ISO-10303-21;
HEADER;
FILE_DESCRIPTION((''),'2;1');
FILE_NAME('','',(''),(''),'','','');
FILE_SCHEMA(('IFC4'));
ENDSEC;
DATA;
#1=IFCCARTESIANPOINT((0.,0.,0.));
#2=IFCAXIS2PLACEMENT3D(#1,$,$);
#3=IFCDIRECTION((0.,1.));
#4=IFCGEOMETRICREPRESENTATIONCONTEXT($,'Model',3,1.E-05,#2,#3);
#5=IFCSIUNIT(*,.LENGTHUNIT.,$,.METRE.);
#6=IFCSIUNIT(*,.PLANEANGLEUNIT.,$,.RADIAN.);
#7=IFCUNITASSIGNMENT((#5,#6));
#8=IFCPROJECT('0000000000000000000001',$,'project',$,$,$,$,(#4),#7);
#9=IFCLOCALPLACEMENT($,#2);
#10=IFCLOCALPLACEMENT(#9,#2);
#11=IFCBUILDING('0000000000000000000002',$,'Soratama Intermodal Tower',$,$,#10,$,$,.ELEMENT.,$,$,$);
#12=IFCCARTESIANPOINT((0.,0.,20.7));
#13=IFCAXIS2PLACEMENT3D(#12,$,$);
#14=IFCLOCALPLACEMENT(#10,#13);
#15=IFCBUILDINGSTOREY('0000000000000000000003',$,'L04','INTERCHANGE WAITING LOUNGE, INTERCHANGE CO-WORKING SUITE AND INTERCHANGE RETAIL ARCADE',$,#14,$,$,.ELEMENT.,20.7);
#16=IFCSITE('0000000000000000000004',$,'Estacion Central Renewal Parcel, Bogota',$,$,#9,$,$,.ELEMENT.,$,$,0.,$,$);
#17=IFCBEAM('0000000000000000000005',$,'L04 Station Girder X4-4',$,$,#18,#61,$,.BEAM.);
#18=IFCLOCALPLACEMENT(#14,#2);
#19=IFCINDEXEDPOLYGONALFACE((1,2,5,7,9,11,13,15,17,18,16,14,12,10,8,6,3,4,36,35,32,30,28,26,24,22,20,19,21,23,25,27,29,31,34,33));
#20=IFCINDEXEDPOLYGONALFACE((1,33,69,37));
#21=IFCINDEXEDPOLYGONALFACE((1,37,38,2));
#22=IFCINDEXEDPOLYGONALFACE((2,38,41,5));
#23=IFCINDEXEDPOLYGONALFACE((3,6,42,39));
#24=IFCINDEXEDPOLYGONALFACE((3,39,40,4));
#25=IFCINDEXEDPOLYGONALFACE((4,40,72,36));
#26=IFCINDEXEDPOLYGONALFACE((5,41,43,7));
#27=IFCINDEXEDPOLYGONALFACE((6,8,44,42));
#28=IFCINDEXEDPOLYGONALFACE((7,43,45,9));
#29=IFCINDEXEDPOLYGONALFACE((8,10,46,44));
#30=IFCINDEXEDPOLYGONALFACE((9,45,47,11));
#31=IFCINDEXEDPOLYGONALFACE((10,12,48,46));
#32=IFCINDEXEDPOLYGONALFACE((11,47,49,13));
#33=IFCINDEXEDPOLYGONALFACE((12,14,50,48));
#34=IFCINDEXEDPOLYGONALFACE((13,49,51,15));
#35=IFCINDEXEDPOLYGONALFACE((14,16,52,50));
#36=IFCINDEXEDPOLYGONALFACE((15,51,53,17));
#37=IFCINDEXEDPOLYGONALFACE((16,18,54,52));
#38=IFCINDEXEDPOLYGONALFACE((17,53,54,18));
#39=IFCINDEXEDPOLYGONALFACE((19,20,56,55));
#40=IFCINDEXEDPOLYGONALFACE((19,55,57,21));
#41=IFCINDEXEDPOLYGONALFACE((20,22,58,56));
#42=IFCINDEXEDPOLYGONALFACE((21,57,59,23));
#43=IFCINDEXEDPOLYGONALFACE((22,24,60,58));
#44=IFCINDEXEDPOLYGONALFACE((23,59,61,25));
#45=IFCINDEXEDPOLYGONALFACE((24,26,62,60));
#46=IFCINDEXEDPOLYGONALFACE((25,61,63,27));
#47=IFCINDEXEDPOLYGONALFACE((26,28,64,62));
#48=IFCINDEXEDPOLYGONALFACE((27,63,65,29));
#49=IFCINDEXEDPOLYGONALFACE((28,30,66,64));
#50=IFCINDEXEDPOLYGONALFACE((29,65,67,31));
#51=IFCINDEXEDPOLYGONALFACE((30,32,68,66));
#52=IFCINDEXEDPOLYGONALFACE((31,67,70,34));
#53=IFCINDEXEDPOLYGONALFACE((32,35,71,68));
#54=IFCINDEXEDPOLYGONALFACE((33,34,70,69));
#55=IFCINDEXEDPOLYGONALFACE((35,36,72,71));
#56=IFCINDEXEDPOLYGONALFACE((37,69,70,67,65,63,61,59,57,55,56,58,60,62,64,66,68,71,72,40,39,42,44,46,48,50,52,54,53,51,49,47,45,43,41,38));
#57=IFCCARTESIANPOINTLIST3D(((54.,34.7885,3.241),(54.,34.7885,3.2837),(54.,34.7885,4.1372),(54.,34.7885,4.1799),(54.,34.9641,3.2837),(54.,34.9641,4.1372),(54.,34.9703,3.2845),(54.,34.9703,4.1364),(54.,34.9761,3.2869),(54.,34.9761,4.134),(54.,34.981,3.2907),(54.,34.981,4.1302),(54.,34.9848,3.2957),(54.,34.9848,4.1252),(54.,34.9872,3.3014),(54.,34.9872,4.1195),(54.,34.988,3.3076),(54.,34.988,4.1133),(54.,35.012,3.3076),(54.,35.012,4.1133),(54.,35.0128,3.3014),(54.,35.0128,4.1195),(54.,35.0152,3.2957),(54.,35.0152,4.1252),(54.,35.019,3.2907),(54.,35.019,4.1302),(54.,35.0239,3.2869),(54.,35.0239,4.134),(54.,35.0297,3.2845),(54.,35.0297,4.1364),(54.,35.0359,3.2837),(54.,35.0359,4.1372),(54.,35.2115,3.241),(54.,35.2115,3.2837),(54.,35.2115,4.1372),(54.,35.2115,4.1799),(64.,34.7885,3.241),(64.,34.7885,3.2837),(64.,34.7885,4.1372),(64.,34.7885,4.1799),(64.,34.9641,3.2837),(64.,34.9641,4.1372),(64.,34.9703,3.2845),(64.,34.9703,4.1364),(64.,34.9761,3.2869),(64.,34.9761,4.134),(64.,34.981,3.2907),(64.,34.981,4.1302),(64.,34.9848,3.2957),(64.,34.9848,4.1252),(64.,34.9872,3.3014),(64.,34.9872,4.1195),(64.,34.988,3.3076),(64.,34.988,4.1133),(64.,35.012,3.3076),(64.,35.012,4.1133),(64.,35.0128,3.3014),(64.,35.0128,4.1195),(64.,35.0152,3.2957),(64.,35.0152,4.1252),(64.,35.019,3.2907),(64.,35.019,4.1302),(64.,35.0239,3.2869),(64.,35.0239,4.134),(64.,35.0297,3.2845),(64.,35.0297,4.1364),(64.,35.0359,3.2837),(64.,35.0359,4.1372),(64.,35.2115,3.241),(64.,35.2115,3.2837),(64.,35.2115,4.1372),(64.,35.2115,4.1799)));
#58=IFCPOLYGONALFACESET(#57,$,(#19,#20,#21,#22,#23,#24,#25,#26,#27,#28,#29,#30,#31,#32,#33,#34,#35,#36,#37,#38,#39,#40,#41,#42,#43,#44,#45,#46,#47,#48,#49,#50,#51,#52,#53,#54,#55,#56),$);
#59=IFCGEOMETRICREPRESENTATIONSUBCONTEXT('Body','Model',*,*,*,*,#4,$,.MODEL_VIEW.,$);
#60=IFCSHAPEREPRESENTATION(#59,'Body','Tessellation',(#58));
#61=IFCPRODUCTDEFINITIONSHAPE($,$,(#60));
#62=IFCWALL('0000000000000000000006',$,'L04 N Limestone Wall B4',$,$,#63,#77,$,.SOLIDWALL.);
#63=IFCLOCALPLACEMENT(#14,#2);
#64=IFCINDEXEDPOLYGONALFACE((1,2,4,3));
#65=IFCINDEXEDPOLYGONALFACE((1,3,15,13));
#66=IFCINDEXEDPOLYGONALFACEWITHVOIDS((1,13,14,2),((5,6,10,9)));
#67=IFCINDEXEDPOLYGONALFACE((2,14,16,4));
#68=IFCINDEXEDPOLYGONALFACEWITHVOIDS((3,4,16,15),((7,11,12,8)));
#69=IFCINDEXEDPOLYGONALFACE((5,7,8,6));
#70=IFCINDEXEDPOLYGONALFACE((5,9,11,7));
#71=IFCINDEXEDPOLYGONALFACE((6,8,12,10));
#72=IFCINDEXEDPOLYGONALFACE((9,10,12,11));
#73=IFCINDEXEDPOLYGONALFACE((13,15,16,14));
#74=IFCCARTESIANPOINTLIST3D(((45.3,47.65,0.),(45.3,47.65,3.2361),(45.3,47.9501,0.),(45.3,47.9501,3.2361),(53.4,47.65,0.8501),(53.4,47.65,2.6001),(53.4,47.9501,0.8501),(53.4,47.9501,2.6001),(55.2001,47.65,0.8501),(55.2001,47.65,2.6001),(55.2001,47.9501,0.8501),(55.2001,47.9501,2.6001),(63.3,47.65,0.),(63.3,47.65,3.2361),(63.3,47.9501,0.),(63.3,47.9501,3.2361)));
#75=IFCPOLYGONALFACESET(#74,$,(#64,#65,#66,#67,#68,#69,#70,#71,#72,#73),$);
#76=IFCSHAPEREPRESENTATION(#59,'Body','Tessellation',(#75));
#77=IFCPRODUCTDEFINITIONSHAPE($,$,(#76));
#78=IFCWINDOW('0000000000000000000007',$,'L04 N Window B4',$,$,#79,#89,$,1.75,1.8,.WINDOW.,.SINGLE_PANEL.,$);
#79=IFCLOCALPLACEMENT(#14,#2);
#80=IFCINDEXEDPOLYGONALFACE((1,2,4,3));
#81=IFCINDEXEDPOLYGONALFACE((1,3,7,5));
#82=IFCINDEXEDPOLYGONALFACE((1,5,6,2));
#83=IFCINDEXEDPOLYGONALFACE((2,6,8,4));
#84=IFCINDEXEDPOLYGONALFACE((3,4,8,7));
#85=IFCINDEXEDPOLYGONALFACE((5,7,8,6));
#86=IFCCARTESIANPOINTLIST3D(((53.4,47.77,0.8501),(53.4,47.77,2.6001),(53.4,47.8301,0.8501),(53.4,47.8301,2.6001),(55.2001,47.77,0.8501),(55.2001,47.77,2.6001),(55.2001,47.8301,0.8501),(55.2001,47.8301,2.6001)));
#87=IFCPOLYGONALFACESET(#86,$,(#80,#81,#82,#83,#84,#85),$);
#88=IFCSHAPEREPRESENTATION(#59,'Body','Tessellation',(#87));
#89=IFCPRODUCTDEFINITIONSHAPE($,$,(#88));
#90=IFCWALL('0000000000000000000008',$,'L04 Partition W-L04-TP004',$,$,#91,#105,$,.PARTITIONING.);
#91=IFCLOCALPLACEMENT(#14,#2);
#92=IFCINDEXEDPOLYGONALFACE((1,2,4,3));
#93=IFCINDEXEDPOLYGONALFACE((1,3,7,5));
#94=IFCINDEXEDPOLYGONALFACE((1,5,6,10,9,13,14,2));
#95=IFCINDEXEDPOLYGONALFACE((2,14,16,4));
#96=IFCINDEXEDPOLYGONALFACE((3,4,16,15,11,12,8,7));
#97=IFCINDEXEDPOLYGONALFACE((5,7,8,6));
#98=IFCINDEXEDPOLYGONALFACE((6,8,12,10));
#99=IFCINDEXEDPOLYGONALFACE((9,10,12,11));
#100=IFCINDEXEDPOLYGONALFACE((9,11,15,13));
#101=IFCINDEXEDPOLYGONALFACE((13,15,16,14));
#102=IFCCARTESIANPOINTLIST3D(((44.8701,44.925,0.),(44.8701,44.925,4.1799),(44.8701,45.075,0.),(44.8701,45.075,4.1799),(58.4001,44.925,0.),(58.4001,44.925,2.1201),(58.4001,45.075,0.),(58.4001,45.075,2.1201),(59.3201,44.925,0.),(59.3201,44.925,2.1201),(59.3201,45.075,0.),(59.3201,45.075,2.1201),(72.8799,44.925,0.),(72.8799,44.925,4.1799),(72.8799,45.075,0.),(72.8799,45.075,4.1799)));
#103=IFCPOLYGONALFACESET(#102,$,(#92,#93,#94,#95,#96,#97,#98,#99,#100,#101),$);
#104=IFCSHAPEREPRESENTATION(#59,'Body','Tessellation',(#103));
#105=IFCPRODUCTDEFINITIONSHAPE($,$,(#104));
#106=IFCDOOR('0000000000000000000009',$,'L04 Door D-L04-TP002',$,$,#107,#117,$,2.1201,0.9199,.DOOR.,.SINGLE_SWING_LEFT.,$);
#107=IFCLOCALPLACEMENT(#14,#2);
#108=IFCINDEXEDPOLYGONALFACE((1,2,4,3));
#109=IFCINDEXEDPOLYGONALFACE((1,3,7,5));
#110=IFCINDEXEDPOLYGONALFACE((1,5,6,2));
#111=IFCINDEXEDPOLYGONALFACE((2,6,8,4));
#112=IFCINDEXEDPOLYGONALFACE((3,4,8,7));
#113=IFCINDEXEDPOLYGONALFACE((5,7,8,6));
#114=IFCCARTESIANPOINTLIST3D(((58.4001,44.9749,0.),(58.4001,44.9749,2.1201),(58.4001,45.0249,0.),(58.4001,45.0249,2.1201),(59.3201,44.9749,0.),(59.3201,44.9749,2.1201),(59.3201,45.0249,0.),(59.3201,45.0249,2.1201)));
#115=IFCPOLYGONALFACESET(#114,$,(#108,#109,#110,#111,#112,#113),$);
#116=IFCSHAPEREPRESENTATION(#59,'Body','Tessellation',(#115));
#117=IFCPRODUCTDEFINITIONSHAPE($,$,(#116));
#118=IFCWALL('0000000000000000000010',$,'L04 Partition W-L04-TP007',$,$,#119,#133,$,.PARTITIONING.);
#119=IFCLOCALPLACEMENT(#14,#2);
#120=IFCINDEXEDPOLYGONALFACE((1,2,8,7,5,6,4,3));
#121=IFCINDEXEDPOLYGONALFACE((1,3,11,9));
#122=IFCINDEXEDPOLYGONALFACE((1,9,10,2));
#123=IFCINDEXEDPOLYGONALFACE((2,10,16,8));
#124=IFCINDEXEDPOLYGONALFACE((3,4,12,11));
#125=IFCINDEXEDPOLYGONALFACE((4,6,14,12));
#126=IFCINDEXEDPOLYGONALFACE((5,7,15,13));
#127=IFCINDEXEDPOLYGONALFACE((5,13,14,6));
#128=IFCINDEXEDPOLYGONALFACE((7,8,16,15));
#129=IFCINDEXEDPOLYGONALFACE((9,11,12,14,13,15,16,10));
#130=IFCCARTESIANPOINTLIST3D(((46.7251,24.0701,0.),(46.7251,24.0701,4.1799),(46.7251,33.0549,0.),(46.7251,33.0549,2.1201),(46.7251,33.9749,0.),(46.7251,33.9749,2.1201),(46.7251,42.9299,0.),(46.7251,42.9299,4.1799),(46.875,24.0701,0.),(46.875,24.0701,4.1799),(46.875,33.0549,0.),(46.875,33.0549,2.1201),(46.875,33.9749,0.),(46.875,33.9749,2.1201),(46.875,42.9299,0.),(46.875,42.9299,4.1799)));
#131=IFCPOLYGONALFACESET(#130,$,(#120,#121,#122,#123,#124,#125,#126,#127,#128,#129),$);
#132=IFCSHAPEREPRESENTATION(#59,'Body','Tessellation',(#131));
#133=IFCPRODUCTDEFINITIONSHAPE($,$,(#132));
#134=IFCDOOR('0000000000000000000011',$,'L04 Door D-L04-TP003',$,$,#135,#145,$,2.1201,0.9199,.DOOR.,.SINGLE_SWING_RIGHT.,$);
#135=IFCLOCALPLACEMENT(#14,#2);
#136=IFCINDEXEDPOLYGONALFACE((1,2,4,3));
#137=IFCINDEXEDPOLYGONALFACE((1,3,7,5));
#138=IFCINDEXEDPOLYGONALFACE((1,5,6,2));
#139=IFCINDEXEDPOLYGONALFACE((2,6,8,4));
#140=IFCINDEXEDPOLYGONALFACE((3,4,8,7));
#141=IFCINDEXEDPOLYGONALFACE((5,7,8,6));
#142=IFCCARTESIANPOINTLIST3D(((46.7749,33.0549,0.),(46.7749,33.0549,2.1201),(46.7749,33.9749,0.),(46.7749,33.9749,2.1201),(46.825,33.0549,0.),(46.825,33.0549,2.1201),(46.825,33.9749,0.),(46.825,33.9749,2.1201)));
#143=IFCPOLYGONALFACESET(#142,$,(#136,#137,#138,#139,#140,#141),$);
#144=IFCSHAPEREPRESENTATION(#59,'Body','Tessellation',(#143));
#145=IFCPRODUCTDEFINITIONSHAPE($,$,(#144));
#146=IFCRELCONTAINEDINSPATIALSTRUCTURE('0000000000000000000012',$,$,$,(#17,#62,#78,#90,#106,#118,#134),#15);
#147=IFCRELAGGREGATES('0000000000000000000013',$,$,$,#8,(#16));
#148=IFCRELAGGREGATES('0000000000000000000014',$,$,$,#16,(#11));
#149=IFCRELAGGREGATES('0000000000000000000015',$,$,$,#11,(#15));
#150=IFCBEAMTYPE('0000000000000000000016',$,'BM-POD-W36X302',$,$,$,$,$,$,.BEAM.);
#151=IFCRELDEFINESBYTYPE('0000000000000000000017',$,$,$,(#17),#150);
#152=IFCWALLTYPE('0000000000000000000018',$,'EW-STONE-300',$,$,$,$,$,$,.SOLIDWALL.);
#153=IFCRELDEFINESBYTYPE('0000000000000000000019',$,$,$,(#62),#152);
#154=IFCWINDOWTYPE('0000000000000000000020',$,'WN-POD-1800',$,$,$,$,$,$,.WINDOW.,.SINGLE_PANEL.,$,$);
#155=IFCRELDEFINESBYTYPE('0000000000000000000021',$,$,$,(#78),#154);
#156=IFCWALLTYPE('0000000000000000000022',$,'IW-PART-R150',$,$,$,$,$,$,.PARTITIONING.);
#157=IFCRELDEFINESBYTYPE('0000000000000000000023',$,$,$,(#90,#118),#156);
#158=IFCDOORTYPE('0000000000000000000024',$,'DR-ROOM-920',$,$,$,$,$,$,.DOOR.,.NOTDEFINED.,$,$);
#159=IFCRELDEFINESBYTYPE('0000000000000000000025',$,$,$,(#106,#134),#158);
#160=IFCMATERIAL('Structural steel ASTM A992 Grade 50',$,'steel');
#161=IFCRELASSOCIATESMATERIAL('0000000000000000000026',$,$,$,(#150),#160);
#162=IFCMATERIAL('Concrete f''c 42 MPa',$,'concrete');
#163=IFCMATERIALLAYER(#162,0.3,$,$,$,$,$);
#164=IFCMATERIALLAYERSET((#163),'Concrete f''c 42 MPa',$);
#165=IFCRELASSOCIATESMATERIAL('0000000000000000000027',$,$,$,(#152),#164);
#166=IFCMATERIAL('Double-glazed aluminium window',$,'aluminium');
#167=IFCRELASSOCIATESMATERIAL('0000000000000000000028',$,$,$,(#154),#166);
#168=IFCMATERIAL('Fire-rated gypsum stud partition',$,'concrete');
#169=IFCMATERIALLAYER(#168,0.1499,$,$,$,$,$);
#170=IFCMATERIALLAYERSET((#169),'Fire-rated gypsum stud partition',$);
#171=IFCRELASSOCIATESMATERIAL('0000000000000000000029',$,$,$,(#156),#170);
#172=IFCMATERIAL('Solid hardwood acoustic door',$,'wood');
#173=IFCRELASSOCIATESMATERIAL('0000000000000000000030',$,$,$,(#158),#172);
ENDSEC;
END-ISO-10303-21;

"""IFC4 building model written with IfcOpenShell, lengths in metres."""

from ifc_helpers import new_model, si_unit, direction, frame, frame_2d, origin, origin_2d, place, context, subcontext, project, spatial, rectangle, i_section, extrude, material, layer, layer_set, material_profile, profile_set, type_object, element, fill, save


model = new_model("IFC4")

# Units and contexts
model_context = context("Model", 3, precision=1e-05, world=origin(), true_north=direction((0.0, 1.0)))
body_context = subcontext(model_context, "Body", "Model", "MODEL_VIEW")
ifc_project = project(units=[si_unit("LENGTHUNIT", "METRE"), si_unit("PLANEANGLEUNIT", "RADIAN")], contexts=[model_context])

# Site, building, storey
site_placement = place(None, origin())
site = spatial("IfcSite", under=ifc_project, at=site_placement, Name="Estacion Central Renewal Parcel, Bogota", CompositionType="ELEMENT", RefElevation=0.0)
building_placement = place(site_placement, origin())
building = spatial("IfcBuilding", under=site, at=building_placement, Name="Soratama Intermodal Tower", CompositionType="ELEMENT")
storey_placement = place(building_placement, frame((0.0, 0.0, 20.7)))
storey = spatial("IfcBuildingStorey", under=building, at=storey_placement, Name="L04", Description="INTERCHANGE WAITING LOUNGE, INTERCHANGE CO-WORKING SUITE AND INTERCHANGE RETAIL ARCADE", CompositionType="ELEMENT", Elevation=20.7)

# Beam
ifc_material_1 = material(Name="Structural steel ASTM A992 Grade 50", Category="steel")
ifc_material_profile_1 = material_profile(ifc_material_1, i_section(OverallWidth=0.4231, OverallDepth=0.939, WebThickness=0.0239, FlangeThickness=0.0427, FilletRadius=0.0239, at=origin_2d()), Name="W36X302")
ifc_profile_set_1 = profile_set([ifc_material_profile_1], Name="Structural steel ASTM A992 Grade 50")
beam_type_1 = type_object("IfcBeamType", Name="BM-POD-W36X302", PredefinedType="BEAM", material=ifc_profile_set_1)
beam_1_placement = place(storey_placement, frame((54.0, 35.0, 3.7104), z_axis=(1.0, 0.0, 0.0), x_axis=(0.0, 1.0, 0.0)))
element("IfcBeam", 1, at=beam_1_placement, inside=storey, type_object=beam_type_1, Name="L04 Station Girder X4-4", PredefinedType="BEAM", context=body_context, shape_type="SweptSolid", body=[
    extrude(i_section(OverallWidth=0.4231, OverallDepth=0.939, WebThickness=0.0239, FlangeThickness=0.0427, FilletRadius=0.0239, at=origin_2d()), origin(), (0.0, 0.0, 1.0), 10.0),
])

# Wall, opening, window
ifc_material_2 = material(Name="Concrete f'c 42 MPa", Category="concrete")
ifc_layer_1 = layer(ifc_material_2, 0.3)
ifc_layer_set_1 = layer_set([ifc_layer_1], Name="Concrete f'c 42 MPa")
wall_type_1 = type_object("IfcWallType", Name="EW-STONE-300", PredefinedType="SOLIDWALL", material=ifc_layer_set_1)
wall_1_placement = place(storey_placement, frame((45.3, 47.8, 0.0), z_axis=(0.0, 0.0, 1.0), x_axis=(1.0, 0.0, 0.0)))
wall_1 = element("IfcWall", 2, at=wall_1_placement, inside=storey, type_object=wall_type_1, Name="L04 N Limestone Wall B4", PredefinedType="SOLIDWALL", context=body_context, shape_type="SweptSolid", body=[
    extrude(rectangle(XDim=18.0, YDim=0.3, at=frame_2d((9.0, 0.0))), origin(), (0.0, 0.0, 1.0), 3.2361),
])
opening_1_placement = place(wall_1_placement, frame((8.1001, 0.0, 0.8501)))
opening_1 = element("IfcOpeningElement", 3, at=opening_1_placement, cuts=wall_1, PredefinedType="OPENING", context=body_context, shape_type="SweptSolid", body=[
    extrude(rectangle(XDim=1.8, YDim=1.75, at=frame_2d((0.8999, 0.875))), frame((0.0, 0.1599, 0.0), z_axis=(0.0, -1.0, 0.0), x_axis=(1.0, 0.0, 0.0)), (0.0, 0.0, 1.0), 0.3201),
])
ifc_material_3 = material(Name="Double-glazed aluminium window", Category="aluminium")
window_type = type_object("IfcWindowType", Name="WN-POD-1800", PartitioningType="SINGLE_PANEL", PredefinedType="WINDOW", material=ifc_material_3)
window_placement = place(opening_1_placement, origin())
window = element("IfcWindow", 4, at=window_placement, inside=storey, type_object=window_type, Name="L04 N Window B4", OverallHeight=1.75, OverallWidth=1.8, PartitioningType="SINGLE_PANEL", PredefinedType="WINDOW", context=body_context, shape_type="SweptSolid", body=[
    extrude(rectangle(XDim=1.8, YDim=1.75, at=frame_2d((0.8999, 0.875))), frame((0.0, 0.03, 0.0), z_axis=(0.0, -1.0, 0.0), x_axis=(1.0, 0.0, 0.0)), (0.0, 0.0, 1.0), 0.0601),
])
fill(opening_1, window)

# Walls, openings, doors
ifc_material_4 = material(Name="Fire-rated gypsum stud partition", Category="concrete")
ifc_layer_2 = layer(ifc_material_4, 0.1499)
ifc_layer_set_2 = layer_set([ifc_layer_2], Name="Fire-rated gypsum stud partition")
wall_type_2 = type_object("IfcWallType", Name="IW-PART-R150", PredefinedType="PARTITIONING", material=ifc_layer_set_2)
wall_2_placement = place(storey_placement, frame((44.8701, 45.0, 0.0), z_axis=(0.0, 0.0, 1.0), x_axis=(1.0, 0.0, 0.0)))
wall_2 = element("IfcWall", 5, at=wall_2_placement, inside=storey, type_object=wall_type_2, Name="L04 Partition W-L04-TP004", PredefinedType="PARTITIONING", context=body_context, shape_type="SweptSolid", body=[
    extrude(rectangle(XDim=28.0098, YDim=0.1499, at=frame_2d((14.0049, 0.0))), origin(), (0.0, 0.0, 1.0), 4.1799),
])
opening_2_placement = place(wall_2_placement, frame((13.53, 0.0, 0.0)))
opening_2 = element("IfcOpeningElement", 6, at=opening_2_placement, cuts=wall_2, PredefinedType="OPENING", context=body_context, shape_type="SweptSolid", body=[
    extrude(rectangle(XDim=0.9199, YDim=2.1201, at=frame_2d((0.46, 1.0601))), frame((0.0, 0.085, 0.0), z_axis=(0.0, -1.0, 0.0), x_axis=(1.0, 0.0, 0.0)), (0.0, 0.0, 1.0), 0.1699),
])
ifc_material_5 = material(Name="Solid hardwood acoustic door", Category="wood")
door_type_1 = type_object("IfcDoorType", Name="DR-ROOM-920", OperationType="NOTDEFINED", PredefinedType="DOOR", material=ifc_material_5)
door_1_placement = place(opening_2_placement, origin())
door_1 = element("IfcDoor", 7, at=door_1_placement, inside=storey, type_object=door_type_1, Name="L04 Door D-L04-TP002", OperationType="SINGLE_SWING_LEFT", OverallHeight=2.1201, OverallWidth=0.9199, PredefinedType="DOOR", context=body_context, shape_type="SweptSolid", body=[
    extrude(rectangle(XDim=0.9199, YDim=2.1201, at=frame_2d((0.46, 1.0601))), frame((0.0, 0.0249, 0.0), z_axis=(0.0, -1.0, 0.0), x_axis=(1.0, 0.0, 0.0)), (0.0, 0.0, 1.0), 0.05),
])
fill(opening_2, door_1)
wall_3_placement = place(storey_placement, frame((46.8, 42.9299, 0.0), z_axis=(0.0, 0.0, 1.0), x_axis=(0.0, -1.0, 0.0)))
wall_3 = element("IfcWall", 8, at=wall_3_placement, inside=storey, type_object=wall_type_2, Name="L04 Partition W-L04-TP007", PredefinedType="PARTITIONING", context=body_context, shape_type="SweptSolid", body=[
    extrude(rectangle(XDim=18.8599, YDim=0.1499, at=frame_2d((9.4299, 0.0))), origin(), (0.0, 0.0, 1.0), 4.1799),
])
opening_3_placement = place(wall_3_placement, frame((8.9551, 0.0, 0.0)))
opening_3 = element("IfcOpeningElement", 9, at=opening_3_placement, cuts=wall_3, PredefinedType="OPENING", context=body_context, shape_type="SweptSolid", body=[
    extrude(rectangle(XDim=0.9199, YDim=2.1201, at=frame_2d((0.46, 1.0601))), frame((0.0, 0.085, 0.0), z_axis=(0.0, -1.0, 0.0), x_axis=(1.0, 0.0, 0.0)), (0.0, 0.0, 1.0), 0.1699),
])
door_2_placement = place(opening_3_placement, origin())
door_2 = element("IfcDoor", 10, at=door_2_placement, inside=storey, type_object=door_type_1, Name="L04 Door D-L04-TP003", OperationType="SINGLE_SWING_RIGHT", OverallHeight=2.1201, OverallWidth=0.9199, PredefinedType="DOOR", context=body_context, shape_type="SweptSolid", body=[
    extrude(rectangle(XDim=0.9199, YDim=2.1201, at=frame_2d((0.46, 1.0601))), frame((0.0, 0.0249, 0.0), z_axis=(0.0, -1.0, 0.0), x_axis=(1.0, 0.0, 0.0)), (0.0, 0.0, 1.0), 0.05),
])
fill(opening_3, door_2)

save(model, "model.ifc")
